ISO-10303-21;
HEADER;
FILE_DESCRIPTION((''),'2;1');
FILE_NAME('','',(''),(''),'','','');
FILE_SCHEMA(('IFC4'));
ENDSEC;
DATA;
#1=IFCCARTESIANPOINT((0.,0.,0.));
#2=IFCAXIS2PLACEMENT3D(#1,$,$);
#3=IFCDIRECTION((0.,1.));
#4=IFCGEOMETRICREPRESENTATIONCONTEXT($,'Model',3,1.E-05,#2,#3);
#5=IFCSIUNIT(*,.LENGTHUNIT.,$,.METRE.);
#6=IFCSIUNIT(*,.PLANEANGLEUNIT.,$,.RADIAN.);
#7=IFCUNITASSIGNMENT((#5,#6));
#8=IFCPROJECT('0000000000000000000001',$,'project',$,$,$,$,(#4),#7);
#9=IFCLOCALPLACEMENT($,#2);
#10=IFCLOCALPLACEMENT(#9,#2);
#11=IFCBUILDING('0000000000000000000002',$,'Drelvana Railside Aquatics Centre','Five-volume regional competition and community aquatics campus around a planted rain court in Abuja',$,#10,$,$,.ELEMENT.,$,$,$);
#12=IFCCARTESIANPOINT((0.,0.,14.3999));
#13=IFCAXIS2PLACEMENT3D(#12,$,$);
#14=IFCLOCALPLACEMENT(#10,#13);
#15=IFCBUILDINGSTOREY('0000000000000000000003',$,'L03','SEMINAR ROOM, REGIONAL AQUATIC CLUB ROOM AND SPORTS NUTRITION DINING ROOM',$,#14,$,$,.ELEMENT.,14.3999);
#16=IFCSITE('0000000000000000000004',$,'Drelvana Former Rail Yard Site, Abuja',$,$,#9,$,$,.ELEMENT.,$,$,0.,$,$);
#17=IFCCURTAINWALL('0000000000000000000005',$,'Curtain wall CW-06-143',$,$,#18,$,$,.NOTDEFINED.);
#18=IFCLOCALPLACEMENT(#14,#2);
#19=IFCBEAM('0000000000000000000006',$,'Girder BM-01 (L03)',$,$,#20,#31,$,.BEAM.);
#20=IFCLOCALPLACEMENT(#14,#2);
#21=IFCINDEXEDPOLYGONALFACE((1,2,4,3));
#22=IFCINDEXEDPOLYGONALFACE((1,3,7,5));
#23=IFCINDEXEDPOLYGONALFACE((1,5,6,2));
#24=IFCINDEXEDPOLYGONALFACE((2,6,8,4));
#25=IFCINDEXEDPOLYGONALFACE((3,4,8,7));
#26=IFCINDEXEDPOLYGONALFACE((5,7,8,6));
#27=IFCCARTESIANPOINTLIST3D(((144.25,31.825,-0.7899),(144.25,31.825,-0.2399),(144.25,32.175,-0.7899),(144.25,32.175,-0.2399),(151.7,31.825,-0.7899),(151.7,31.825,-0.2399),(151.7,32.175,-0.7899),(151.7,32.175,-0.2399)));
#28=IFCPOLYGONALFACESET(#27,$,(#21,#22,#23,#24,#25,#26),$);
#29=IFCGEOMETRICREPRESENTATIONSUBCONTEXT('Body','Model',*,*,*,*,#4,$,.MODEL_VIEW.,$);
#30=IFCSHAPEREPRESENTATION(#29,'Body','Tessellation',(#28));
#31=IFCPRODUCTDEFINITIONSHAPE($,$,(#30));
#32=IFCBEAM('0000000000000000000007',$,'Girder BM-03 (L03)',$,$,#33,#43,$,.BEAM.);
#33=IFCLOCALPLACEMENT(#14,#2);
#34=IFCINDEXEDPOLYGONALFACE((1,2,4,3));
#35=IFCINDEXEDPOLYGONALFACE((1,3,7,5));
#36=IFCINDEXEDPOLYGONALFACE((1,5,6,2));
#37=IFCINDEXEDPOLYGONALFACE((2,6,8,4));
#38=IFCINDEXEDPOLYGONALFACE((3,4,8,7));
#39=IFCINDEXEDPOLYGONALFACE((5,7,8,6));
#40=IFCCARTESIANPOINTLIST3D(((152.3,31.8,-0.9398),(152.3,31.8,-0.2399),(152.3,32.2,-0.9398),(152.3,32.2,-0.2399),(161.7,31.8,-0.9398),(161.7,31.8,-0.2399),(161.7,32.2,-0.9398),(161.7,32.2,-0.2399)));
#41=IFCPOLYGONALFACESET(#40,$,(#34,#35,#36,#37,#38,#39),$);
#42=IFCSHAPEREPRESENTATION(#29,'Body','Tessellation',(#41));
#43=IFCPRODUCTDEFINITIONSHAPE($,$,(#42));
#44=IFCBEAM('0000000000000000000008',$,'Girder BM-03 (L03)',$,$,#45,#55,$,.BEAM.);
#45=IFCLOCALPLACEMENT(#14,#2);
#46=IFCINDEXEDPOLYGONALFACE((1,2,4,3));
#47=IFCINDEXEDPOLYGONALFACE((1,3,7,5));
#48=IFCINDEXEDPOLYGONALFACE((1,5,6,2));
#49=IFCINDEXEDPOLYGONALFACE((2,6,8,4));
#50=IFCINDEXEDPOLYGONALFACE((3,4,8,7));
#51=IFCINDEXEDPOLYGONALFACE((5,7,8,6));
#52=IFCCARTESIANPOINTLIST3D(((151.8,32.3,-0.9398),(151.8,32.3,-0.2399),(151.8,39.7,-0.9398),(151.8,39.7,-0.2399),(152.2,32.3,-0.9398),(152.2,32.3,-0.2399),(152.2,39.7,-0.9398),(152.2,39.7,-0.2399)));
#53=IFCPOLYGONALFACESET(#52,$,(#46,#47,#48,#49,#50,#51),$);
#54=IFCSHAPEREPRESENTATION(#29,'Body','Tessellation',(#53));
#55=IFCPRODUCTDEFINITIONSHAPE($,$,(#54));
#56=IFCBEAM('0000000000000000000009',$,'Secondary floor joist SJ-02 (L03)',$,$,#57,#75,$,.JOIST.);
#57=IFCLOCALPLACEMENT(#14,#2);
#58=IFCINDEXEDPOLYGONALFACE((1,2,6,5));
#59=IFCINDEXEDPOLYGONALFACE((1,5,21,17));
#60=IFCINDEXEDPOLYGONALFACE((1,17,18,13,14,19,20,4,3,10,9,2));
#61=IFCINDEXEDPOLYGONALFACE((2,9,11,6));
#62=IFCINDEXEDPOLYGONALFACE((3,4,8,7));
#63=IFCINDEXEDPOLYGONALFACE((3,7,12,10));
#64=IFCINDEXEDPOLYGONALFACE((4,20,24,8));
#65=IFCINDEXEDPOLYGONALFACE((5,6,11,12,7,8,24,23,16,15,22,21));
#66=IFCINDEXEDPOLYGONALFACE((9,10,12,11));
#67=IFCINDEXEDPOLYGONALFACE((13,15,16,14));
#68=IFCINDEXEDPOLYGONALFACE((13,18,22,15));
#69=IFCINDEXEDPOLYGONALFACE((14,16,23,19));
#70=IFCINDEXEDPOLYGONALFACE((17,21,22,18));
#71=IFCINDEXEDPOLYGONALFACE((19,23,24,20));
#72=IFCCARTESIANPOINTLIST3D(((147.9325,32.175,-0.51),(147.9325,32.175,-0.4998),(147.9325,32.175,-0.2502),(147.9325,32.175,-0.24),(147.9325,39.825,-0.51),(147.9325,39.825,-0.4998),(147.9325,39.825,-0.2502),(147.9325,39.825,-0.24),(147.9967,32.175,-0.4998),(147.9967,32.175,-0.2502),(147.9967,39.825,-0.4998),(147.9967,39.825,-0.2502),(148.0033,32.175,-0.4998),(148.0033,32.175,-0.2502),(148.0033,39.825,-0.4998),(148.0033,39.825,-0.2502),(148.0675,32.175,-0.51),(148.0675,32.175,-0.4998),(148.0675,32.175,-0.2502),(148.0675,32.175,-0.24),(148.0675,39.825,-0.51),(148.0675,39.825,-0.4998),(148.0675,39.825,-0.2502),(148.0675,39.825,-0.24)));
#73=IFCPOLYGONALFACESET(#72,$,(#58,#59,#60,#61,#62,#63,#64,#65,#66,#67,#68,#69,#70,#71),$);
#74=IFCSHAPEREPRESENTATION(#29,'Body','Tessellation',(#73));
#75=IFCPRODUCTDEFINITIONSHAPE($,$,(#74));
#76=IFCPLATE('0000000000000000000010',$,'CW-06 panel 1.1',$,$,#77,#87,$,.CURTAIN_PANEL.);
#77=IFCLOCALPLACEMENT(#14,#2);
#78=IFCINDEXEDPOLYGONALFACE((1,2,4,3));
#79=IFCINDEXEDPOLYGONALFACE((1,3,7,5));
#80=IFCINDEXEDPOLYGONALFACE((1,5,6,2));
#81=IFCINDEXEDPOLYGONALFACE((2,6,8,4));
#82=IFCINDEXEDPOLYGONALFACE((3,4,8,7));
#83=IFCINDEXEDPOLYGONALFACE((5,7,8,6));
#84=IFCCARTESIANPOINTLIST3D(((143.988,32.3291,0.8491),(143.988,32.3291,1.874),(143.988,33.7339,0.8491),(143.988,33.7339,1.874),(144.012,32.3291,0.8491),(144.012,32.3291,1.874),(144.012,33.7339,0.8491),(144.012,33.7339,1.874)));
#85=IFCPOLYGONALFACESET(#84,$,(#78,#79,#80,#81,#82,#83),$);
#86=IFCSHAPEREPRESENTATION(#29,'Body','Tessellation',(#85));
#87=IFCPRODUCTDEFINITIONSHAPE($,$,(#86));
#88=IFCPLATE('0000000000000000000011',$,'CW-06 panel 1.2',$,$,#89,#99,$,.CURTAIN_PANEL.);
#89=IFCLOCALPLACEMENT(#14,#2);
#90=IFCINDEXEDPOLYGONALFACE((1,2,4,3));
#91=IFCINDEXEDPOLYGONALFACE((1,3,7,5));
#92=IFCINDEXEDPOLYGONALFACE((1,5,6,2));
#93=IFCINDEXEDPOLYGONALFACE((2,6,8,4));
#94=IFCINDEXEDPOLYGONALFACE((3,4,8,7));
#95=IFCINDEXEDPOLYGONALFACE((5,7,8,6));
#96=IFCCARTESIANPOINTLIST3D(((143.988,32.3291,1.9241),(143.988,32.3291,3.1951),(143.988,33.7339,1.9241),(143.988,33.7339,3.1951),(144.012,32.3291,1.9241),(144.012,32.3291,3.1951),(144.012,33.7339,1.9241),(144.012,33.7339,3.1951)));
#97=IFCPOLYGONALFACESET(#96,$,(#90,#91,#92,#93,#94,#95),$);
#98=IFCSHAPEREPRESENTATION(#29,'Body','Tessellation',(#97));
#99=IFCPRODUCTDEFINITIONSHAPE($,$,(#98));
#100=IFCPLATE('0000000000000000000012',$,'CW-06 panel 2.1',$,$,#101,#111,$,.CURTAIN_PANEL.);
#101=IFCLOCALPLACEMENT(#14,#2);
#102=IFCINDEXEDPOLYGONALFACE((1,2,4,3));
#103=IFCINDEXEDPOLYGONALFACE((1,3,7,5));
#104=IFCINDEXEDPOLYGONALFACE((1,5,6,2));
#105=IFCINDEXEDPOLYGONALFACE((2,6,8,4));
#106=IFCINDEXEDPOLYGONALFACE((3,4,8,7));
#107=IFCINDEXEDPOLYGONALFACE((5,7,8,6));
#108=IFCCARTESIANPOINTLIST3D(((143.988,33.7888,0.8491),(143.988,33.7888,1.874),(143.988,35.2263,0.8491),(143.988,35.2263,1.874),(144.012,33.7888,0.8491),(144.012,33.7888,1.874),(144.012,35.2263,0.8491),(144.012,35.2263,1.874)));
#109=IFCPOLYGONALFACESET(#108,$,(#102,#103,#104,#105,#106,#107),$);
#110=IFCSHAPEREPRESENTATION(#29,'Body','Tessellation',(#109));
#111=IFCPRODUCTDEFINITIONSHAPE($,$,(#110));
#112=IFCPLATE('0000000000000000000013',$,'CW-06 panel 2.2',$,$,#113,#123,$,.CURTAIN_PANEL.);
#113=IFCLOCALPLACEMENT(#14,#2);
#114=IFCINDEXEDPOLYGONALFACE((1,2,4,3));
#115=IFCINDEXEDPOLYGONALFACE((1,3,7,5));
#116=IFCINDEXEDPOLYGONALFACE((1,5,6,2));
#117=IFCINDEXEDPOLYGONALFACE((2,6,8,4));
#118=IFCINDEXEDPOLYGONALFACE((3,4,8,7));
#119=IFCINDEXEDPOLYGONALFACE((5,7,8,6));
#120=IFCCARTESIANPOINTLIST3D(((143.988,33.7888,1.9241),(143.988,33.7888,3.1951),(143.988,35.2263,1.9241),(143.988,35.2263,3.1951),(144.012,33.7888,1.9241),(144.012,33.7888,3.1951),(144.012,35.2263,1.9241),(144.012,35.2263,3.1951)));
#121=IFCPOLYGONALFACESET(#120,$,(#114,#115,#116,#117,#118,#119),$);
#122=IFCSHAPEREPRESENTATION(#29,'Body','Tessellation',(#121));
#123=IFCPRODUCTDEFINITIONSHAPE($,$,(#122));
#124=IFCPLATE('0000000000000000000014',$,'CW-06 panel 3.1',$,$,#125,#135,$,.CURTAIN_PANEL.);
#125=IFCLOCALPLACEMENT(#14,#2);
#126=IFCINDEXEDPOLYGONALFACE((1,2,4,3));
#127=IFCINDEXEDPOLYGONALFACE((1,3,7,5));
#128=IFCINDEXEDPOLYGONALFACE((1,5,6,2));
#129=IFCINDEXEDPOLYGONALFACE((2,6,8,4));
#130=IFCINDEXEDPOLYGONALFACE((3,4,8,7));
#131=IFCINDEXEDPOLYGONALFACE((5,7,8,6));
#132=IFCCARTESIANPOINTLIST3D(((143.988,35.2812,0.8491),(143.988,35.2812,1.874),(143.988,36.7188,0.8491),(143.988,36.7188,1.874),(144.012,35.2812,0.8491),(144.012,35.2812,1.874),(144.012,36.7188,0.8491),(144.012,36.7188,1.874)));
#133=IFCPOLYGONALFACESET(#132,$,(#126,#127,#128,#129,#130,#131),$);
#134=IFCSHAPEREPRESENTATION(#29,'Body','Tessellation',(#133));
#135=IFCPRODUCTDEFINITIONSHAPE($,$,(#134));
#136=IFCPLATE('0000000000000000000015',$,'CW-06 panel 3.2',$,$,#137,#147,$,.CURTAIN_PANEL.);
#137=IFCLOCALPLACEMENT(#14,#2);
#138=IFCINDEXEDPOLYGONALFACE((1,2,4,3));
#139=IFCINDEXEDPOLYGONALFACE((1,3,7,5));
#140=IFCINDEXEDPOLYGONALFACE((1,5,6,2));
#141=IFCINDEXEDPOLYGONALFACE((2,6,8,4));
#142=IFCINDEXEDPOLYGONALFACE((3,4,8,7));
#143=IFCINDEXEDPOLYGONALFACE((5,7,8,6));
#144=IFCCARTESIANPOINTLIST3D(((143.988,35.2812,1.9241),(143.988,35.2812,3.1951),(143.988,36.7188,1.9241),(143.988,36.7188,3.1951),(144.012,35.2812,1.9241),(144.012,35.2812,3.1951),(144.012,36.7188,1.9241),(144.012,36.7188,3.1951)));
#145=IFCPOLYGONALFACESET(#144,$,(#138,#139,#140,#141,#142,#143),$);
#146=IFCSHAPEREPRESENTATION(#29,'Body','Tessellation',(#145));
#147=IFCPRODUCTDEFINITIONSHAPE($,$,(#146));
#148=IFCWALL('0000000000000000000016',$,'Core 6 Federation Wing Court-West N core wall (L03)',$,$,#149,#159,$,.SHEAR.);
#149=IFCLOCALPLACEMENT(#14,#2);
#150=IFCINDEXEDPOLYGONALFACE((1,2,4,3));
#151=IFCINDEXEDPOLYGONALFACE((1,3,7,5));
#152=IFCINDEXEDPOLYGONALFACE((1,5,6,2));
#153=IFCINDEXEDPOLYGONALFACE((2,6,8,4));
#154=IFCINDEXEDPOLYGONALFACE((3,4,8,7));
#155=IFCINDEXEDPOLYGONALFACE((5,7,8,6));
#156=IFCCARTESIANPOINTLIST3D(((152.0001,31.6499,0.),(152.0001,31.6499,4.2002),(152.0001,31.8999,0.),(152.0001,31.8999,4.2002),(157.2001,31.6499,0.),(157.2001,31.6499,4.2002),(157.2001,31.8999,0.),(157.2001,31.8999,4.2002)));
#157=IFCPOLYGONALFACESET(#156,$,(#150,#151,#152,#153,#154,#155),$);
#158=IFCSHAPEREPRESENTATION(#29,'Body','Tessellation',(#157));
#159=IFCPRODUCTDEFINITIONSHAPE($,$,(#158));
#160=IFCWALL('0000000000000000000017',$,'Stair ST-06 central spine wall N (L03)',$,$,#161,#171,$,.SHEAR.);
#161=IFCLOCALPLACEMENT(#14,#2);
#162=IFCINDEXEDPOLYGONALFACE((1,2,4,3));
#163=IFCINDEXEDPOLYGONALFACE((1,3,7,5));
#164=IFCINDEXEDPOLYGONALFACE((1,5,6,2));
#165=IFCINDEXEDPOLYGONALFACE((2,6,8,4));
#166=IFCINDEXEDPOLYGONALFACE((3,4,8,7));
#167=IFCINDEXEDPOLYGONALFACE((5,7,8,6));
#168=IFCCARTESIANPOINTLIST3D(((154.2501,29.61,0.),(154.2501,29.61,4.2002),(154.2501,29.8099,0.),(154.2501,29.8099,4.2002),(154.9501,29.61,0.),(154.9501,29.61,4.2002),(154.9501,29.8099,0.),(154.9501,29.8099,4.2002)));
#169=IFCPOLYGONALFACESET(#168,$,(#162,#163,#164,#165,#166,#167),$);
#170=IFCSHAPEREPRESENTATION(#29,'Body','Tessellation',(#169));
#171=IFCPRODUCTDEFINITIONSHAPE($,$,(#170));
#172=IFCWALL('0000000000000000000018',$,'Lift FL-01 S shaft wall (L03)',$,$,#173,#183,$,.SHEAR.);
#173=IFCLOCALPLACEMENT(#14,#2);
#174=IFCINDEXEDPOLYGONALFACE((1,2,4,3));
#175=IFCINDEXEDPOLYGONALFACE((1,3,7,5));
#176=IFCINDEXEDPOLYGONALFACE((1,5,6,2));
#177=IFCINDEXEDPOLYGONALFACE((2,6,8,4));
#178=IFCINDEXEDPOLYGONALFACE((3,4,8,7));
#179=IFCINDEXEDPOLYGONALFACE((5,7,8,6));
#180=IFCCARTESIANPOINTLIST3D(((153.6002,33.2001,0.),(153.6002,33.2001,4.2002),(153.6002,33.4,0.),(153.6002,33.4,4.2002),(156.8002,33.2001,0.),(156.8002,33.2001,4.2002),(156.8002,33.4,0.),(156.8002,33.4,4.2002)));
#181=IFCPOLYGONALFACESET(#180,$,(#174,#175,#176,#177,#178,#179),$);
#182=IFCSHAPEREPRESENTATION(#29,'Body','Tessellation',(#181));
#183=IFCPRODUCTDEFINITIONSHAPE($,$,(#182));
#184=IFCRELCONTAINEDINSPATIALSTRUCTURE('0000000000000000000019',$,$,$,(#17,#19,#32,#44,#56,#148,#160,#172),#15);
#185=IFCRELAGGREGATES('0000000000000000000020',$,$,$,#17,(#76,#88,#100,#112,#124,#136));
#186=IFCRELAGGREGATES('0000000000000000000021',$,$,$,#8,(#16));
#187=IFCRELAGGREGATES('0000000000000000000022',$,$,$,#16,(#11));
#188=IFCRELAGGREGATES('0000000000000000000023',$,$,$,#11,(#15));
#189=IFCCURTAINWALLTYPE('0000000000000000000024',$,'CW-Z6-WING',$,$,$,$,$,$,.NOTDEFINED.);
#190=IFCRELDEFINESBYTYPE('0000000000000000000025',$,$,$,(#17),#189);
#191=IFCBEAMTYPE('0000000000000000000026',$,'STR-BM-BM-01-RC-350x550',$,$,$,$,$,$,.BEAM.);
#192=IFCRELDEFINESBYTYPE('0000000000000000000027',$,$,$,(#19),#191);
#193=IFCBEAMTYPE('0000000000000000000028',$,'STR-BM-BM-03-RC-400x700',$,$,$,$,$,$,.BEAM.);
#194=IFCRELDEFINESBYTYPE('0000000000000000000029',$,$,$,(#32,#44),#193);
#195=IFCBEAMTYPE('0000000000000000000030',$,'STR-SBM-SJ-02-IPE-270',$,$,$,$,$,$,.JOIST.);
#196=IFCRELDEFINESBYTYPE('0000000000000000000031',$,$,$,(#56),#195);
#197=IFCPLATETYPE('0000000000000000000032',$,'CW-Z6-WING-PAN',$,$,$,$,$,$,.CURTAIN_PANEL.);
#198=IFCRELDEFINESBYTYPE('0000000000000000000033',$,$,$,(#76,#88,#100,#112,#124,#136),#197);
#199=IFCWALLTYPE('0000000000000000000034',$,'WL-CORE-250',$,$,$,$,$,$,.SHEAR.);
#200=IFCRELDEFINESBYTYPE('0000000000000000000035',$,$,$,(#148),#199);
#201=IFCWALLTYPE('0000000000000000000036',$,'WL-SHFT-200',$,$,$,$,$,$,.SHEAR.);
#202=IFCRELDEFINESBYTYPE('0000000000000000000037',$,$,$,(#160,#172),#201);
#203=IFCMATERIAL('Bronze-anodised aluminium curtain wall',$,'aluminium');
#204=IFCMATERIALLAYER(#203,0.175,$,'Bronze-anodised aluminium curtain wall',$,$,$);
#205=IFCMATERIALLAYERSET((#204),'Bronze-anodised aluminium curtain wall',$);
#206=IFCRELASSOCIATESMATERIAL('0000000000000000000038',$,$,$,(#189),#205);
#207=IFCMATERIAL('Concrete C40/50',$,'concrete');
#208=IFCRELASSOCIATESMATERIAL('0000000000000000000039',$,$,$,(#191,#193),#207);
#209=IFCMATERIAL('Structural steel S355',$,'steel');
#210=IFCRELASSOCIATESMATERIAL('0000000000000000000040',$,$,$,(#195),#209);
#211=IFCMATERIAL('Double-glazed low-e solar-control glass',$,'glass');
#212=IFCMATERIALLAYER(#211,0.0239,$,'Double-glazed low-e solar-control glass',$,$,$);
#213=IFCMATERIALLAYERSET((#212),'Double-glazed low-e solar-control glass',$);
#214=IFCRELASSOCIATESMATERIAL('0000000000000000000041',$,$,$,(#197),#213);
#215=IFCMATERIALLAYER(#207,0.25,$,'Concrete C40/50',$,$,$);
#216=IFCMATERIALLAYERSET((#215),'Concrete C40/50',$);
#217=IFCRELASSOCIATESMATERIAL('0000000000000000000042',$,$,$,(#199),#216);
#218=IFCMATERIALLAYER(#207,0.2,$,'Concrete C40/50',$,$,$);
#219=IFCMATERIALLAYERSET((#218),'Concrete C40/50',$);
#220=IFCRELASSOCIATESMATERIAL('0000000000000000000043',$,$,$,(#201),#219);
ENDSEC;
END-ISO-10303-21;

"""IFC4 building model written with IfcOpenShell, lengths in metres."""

from ifc_helpers import new_model, si_unit, direction, frame, frame_2d, origin, origin_2d, place, context, subcontext, project, spatial, rectangle, i_section, extrude, material, layer, layer_set, material_profile, profile_set, type_object, element, aggregate, save


model = new_model("IFC4")

# Units and contexts
model_context = context("Model", 3, precision=1e-05, world=origin(), true_north=direction((0.0, 1.0)))
body_context = subcontext(model_context, "Body", "Model", "MODEL_VIEW")
ifc_project = project(units=[si_unit("LENGTHUNIT", "METRE"), si_unit("PLANEANGLEUNIT", "RADIAN")], contexts=[model_context])

# Site, building, storey
site_placement = place(None, origin())
site = spatial("IfcSite", under=ifc_project, at=site_placement, Name="Drelvana Former Rail Yard Site, Abuja", CompositionType="ELEMENT", RefElevation=0.0)
building_placement = place(site_placement, origin())
building = spatial("IfcBuilding", under=site, at=building_placement, Name="Drelvana Railside Aquatics Centre", Description="Five-volume regional competition and community aquatics campus around a planted rain court in Abuja", CompositionType="ELEMENT")
storey_placement = place(building_placement, frame((0.0, 0.0, 14.3999)))
storey = spatial("IfcBuildingStorey", under=building, at=storey_placement, Name="L03", Description="SEMINAR ROOM, REGIONAL AQUATIC CLUB ROOM AND SPORTS NUTRITION DINING ROOM", CompositionType="ELEMENT", Elevation=14.3999)

# Shared definitions
ifc_material_1 = material(Name="Concrete C40/50", Category="concrete")

# Curtain wall
ifc_material_2 = material(Name="Bronze-anodised aluminium curtain wall", Category="aluminium")
ifc_layer_1 = layer(ifc_material_2, 0.175, Name="Bronze-anodised aluminium curtain wall")
ifc_layer_set_1 = layer_set([ifc_layer_1], Name="Bronze-anodised aluminium curtain wall")
curtain_wall_type = type_object("IfcCurtainWallType", Name="CW-Z6-WING", PredefinedType="NOTDEFINED", material=ifc_layer_set_1)
curtain_wall_placement = place(storey_placement, origin())
curtain_wall = element("IfcCurtainWall", 1, at=curtain_wall_placement, inside=storey, type_object=curtain_wall_type, Name="Curtain wall CW-06-143", PredefinedType="NOTDEFINED")

# Beams
ifc_material_profile_1 = material_profile(ifc_material_1, rectangle(XDim=0.3501, YDim=0.55, at=origin_2d()), Name="RC 350x550")
ifc_profile_set_1 = profile_set([ifc_material_profile_1], Name="Concrete C40/50")
beam_type_1 = type_object("IfcBeamType", Name="STR-BM-BM-01-RC-350x550", PredefinedType="BEAM", material=ifc_profile_set_1)
beam_1_placement = place(storey_placement, frame((144.25, 32.0, -0.5149), z_axis=(1.0, 0.0, 0.0), x_axis=(0.0, 1.0, 0.0)))
element("IfcBeam", 2, at=beam_1_placement, inside=storey, type_object=beam_type_1, Name="Girder BM-01 (L03)", PredefinedType="BEAM", context=body_context, shape_type="SweptSolid", body=[
    extrude(rectangle(XDim=0.3501, YDim=0.55, at=origin_2d()), origin(), (0.0, 0.0, 1.0), 7.45),
])
ifc_material_profile_2 = material_profile(ifc_material_1, rectangle(XDim=0.3999, YDim=0.7, at=origin_2d()), Name="RC 400x700")
ifc_profile_set_2 = profile_set([ifc_material_profile_2], Name="Concrete C40/50")
beam_type_2 = type_object("IfcBeamType", Name="STR-BM-BM-03-RC-400x700", PredefinedType="BEAM", material=ifc_profile_set_2)
beam_2_placement = place(storey_placement, frame((152.3, 32.0, -0.5898), z_axis=(1.0, 0.0, 0.0), x_axis=(0.0, 1.0, 0.0)))
element("IfcBeam", 3, at=beam_2_placement, inside=storey, type_object=beam_type_2, Name="Girder BM-03 (L03)", PredefinedType="BEAM", context=body_context, shape_type="SweptSolid", body=[
    extrude(rectangle(XDim=0.3999, YDim=0.7, at=origin_2d()), origin(), (0.0, 0.0, 1.0), 9.3999),
])
beam_3_placement = place(storey_placement, frame((152.0, 32.3, -0.5898), z_axis=(0.0, 1.0, 0.0), x_axis=(-1.0, 0.0, 0.0)))
element("IfcBeam", 4, at=beam_3_placement, inside=storey, type_object=beam_type_2, Name="Girder BM-03 (L03)", PredefinedType="BEAM", context=body_context, shape_type="SweptSolid", body=[
    extrude(rectangle(XDim=0.3999, YDim=0.7, at=origin_2d()), origin(), (0.0, 0.0, 1.0), 7.3999),
])
ifc_material_3 = material(Name="Structural steel S355", Category="steel")
ifc_material_profile_3 = material_profile(ifc_material_3, i_section(OverallWidth=0.135, OverallDepth=0.27, WebThickness=0.0066, FlangeThickness=0.0103, at=origin_2d()), Name="IPE 270")
ifc_profile_set_3 = profile_set([ifc_material_profile_3], Name="Structural steel S355")
beam_type_3 = type_object("IfcBeamType", Name="STR-SBM-SJ-02-IPE-270", PredefinedType="JOIST", material=ifc_profile_set_3)
beam_4_placement = place(storey_placement, frame((148.0, 32.175, -0.375), z_axis=(0.0, 1.0, 0.0), x_axis=(-1.0, 0.0, 0.0)))
element("IfcBeam", 5, at=beam_4_placement, inside=storey, type_object=beam_type_3, Name="Secondary floor joist SJ-02 (L03)", PredefinedType="JOIST", context=body_context, shape_type="SweptSolid", body=[
    extrude(i_section(OverallWidth=0.135, OverallDepth=0.27, WebThickness=0.0066, FlangeThickness=0.0103, at=origin_2d()), origin(), (0.0, 0.0, 1.0), 7.6499),
])

# Plates
ifc_material_4 = material(Name="Double-glazed low-e solar-control glass", Category="glass")
ifc_layer_2 = layer(ifc_material_4, 0.0239, Name="Double-glazed low-e solar-control glass")
ifc_layer_set_2 = layer_set([ifc_layer_2], Name="Double-glazed low-e solar-control glass")
plate_type = type_object("IfcPlateType", Name="CW-Z6-WING-PAN", PredefinedType="CURTAIN_PANEL", material=ifc_layer_set_2)
plate_1_placement = place(storey_placement, frame((144.0, 33.0315, 0.8491), z_axis=(0.0, 0.0, 1.0), x_axis=(0.0, 1.0, 0.0)))
plate_1 = element("IfcPlate", 6, at=plate_1_placement, type_object=plate_type, Name="CW-06 panel 1.1", PredefinedType="CURTAIN_PANEL", context=body_context, shape_type="SweptSolid", body=[
    extrude(rectangle(XDim=1.4048, YDim=0.0239, at=origin_2d()), origin(), (0.0, 0.0, 1.0), 1.0249),
])
plate_2_placement = place(storey_placement, frame((144.0, 33.0315, 1.9241), z_axis=(0.0, 0.0, 1.0), x_axis=(0.0, 1.0, 0.0)))
plate_2 = element("IfcPlate", 7, at=plate_2_placement, type_object=plate_type, Name="CW-06 panel 1.2", PredefinedType="CURTAIN_PANEL", context=body_context, shape_type="SweptSolid", body=[
    extrude(rectangle(XDim=1.4048, YDim=0.0239, at=origin_2d()), origin(), (0.0, 0.0, 1.0), 1.271),
])
plate_3_placement = place(storey_placement, frame((144.0, 34.5076, 0.8491), z_axis=(0.0, 0.0, 1.0), x_axis=(0.0, 1.0, 0.0)))
plate_3 = element("IfcPlate", 8, at=plate_3_placement, type_object=plate_type, Name="CW-06 panel 2.1", PredefinedType="CURTAIN_PANEL", context=body_context, shape_type="SweptSolid", body=[
    extrude(rectangle(XDim=1.4375, YDim=0.0239, at=origin_2d()), origin(), (0.0, 0.0, 1.0), 1.0249),
])
plate_4_placement = place(storey_placement, frame((144.0, 34.5076, 1.9241), z_axis=(0.0, 0.0, 1.0), x_axis=(0.0, 1.0, 0.0)))
plate_4 = element("IfcPlate", 9, at=plate_4_placement, type_object=plate_type, Name="CW-06 panel 2.2", PredefinedType="CURTAIN_PANEL", context=body_context, shape_type="SweptSolid", body=[
    extrude(rectangle(XDim=1.4375, YDim=0.0239, at=origin_2d()), origin(), (0.0, 0.0, 1.0), 1.271),
])
plate_5_placement = place(storey_placement, frame((144.0, 36.0, 0.8491), z_axis=(0.0, 0.0, 1.0), x_axis=(0.0, 1.0, 0.0)))
plate_5 = element("IfcPlate", 10, at=plate_5_placement, type_object=plate_type, Name="CW-06 panel 3.1", PredefinedType="CURTAIN_PANEL", context=body_context, shape_type="SweptSolid", body=[
    extrude(rectangle(XDim=1.4375, YDim=0.0239, at=origin_2d()), origin(), (0.0, 0.0, 1.0), 1.0249),
])
plate_6_placement = place(storey_placement, frame((144.0, 36.0, 1.9241), z_axis=(0.0, 0.0, 1.0), x_axis=(0.0, 1.0, 0.0)))
plate_6 = element("IfcPlate", 11, at=plate_6_placement, type_object=plate_type, Name="CW-06 panel 3.2", PredefinedType="CURTAIN_PANEL", context=body_context, shape_type="SweptSolid", body=[
    extrude(rectangle(XDim=1.4375, YDim=0.0239, at=origin_2d()), origin(), (0.0, 0.0, 1.0), 1.271),
])
aggregate(curtain_wall, [plate_1, plate_2, plate_3, plate_4, plate_5, plate_6])

# Walls
ifc_layer_3 = layer(ifc_material_1, 0.25, Name="Concrete C40/50")
ifc_layer_set_3 = layer_set([ifc_layer_3], Name="Concrete C40/50")
wall_type_1 = type_object("IfcWallType", Name="WL-CORE-250", PredefinedType="SHEAR", material=ifc_layer_set_3)
wall_1_placement = place(storey_placement, frame((152.0, 31.7749, 0.0), z_axis=(0.0, 0.0, 1.0), x_axis=(1.0, 0.0, 0.0)))
element("IfcWall", 12, at=wall_1_placement, inside=storey, type_object=wall_type_1, Name="Core 6 Federation Wing Court-West N core wall (L03)", PredefinedType="SHEAR", context=body_context, shape_type="SweptSolid", body=[
    extrude(rectangle(XDim=5.2, YDim=0.25, at=frame_2d((2.6001, 0.0))), origin(), (0.0, 0.0, 1.0), 4.2002),
])
ifc_layer_4 = layer(ifc_material_1, 0.2, Name="Concrete C40/50")
ifc_layer_set_4 = layer_set([ifc_layer_4], Name="Concrete C40/50")
wall_type_2 = type_object("IfcWallType", Name="WL-SHFT-200", PredefinedType="SHEAR", material=ifc_layer_set_4)
wall_2_placement = place(storey_placement, frame((154.25, 29.71, 0.0), z_axis=(0.0, 0.0, 1.0), x_axis=(1.0, 0.0, 0.0)))
element("IfcWall", 13, at=wall_2_placement, inside=storey, type_object=wall_type_2, Name="Stair ST-06 central spine wall N (L03)", PredefinedType="SHEAR", context=body_context, shape_type="SweptSolid", body=[
    extrude(rectangle(XDim=0.7, YDim=0.2, at=frame_2d((0.3501, 0.0))), origin(), (0.0, 0.0, 1.0), 4.2002),
])
for number, where, z_axis, x_axis, name in (
    (14, (153.6001, 33.3, 0.0), (0.0, 0.0, 1.0), (1.0, 0.0, 0.0), "Lift FL-01 S shaft wall (L03)"),
):
    element("IfcWall", number, at=place(storey_placement, frame(where, z_axis=z_axis, x_axis=x_axis)), inside=storey, type_object=wall_type_2, Name=name, PredefinedType="SHEAR", context=body_context, shape_type="SweptSolid", body=[
        extrude(rectangle(XDim=3.2, YDim=0.2, at=frame_2d((1.6001, 0.0))), origin(), (0.0, 0.0, 1.0), 4.2002),
    ])

save(model, "model.ifc")
